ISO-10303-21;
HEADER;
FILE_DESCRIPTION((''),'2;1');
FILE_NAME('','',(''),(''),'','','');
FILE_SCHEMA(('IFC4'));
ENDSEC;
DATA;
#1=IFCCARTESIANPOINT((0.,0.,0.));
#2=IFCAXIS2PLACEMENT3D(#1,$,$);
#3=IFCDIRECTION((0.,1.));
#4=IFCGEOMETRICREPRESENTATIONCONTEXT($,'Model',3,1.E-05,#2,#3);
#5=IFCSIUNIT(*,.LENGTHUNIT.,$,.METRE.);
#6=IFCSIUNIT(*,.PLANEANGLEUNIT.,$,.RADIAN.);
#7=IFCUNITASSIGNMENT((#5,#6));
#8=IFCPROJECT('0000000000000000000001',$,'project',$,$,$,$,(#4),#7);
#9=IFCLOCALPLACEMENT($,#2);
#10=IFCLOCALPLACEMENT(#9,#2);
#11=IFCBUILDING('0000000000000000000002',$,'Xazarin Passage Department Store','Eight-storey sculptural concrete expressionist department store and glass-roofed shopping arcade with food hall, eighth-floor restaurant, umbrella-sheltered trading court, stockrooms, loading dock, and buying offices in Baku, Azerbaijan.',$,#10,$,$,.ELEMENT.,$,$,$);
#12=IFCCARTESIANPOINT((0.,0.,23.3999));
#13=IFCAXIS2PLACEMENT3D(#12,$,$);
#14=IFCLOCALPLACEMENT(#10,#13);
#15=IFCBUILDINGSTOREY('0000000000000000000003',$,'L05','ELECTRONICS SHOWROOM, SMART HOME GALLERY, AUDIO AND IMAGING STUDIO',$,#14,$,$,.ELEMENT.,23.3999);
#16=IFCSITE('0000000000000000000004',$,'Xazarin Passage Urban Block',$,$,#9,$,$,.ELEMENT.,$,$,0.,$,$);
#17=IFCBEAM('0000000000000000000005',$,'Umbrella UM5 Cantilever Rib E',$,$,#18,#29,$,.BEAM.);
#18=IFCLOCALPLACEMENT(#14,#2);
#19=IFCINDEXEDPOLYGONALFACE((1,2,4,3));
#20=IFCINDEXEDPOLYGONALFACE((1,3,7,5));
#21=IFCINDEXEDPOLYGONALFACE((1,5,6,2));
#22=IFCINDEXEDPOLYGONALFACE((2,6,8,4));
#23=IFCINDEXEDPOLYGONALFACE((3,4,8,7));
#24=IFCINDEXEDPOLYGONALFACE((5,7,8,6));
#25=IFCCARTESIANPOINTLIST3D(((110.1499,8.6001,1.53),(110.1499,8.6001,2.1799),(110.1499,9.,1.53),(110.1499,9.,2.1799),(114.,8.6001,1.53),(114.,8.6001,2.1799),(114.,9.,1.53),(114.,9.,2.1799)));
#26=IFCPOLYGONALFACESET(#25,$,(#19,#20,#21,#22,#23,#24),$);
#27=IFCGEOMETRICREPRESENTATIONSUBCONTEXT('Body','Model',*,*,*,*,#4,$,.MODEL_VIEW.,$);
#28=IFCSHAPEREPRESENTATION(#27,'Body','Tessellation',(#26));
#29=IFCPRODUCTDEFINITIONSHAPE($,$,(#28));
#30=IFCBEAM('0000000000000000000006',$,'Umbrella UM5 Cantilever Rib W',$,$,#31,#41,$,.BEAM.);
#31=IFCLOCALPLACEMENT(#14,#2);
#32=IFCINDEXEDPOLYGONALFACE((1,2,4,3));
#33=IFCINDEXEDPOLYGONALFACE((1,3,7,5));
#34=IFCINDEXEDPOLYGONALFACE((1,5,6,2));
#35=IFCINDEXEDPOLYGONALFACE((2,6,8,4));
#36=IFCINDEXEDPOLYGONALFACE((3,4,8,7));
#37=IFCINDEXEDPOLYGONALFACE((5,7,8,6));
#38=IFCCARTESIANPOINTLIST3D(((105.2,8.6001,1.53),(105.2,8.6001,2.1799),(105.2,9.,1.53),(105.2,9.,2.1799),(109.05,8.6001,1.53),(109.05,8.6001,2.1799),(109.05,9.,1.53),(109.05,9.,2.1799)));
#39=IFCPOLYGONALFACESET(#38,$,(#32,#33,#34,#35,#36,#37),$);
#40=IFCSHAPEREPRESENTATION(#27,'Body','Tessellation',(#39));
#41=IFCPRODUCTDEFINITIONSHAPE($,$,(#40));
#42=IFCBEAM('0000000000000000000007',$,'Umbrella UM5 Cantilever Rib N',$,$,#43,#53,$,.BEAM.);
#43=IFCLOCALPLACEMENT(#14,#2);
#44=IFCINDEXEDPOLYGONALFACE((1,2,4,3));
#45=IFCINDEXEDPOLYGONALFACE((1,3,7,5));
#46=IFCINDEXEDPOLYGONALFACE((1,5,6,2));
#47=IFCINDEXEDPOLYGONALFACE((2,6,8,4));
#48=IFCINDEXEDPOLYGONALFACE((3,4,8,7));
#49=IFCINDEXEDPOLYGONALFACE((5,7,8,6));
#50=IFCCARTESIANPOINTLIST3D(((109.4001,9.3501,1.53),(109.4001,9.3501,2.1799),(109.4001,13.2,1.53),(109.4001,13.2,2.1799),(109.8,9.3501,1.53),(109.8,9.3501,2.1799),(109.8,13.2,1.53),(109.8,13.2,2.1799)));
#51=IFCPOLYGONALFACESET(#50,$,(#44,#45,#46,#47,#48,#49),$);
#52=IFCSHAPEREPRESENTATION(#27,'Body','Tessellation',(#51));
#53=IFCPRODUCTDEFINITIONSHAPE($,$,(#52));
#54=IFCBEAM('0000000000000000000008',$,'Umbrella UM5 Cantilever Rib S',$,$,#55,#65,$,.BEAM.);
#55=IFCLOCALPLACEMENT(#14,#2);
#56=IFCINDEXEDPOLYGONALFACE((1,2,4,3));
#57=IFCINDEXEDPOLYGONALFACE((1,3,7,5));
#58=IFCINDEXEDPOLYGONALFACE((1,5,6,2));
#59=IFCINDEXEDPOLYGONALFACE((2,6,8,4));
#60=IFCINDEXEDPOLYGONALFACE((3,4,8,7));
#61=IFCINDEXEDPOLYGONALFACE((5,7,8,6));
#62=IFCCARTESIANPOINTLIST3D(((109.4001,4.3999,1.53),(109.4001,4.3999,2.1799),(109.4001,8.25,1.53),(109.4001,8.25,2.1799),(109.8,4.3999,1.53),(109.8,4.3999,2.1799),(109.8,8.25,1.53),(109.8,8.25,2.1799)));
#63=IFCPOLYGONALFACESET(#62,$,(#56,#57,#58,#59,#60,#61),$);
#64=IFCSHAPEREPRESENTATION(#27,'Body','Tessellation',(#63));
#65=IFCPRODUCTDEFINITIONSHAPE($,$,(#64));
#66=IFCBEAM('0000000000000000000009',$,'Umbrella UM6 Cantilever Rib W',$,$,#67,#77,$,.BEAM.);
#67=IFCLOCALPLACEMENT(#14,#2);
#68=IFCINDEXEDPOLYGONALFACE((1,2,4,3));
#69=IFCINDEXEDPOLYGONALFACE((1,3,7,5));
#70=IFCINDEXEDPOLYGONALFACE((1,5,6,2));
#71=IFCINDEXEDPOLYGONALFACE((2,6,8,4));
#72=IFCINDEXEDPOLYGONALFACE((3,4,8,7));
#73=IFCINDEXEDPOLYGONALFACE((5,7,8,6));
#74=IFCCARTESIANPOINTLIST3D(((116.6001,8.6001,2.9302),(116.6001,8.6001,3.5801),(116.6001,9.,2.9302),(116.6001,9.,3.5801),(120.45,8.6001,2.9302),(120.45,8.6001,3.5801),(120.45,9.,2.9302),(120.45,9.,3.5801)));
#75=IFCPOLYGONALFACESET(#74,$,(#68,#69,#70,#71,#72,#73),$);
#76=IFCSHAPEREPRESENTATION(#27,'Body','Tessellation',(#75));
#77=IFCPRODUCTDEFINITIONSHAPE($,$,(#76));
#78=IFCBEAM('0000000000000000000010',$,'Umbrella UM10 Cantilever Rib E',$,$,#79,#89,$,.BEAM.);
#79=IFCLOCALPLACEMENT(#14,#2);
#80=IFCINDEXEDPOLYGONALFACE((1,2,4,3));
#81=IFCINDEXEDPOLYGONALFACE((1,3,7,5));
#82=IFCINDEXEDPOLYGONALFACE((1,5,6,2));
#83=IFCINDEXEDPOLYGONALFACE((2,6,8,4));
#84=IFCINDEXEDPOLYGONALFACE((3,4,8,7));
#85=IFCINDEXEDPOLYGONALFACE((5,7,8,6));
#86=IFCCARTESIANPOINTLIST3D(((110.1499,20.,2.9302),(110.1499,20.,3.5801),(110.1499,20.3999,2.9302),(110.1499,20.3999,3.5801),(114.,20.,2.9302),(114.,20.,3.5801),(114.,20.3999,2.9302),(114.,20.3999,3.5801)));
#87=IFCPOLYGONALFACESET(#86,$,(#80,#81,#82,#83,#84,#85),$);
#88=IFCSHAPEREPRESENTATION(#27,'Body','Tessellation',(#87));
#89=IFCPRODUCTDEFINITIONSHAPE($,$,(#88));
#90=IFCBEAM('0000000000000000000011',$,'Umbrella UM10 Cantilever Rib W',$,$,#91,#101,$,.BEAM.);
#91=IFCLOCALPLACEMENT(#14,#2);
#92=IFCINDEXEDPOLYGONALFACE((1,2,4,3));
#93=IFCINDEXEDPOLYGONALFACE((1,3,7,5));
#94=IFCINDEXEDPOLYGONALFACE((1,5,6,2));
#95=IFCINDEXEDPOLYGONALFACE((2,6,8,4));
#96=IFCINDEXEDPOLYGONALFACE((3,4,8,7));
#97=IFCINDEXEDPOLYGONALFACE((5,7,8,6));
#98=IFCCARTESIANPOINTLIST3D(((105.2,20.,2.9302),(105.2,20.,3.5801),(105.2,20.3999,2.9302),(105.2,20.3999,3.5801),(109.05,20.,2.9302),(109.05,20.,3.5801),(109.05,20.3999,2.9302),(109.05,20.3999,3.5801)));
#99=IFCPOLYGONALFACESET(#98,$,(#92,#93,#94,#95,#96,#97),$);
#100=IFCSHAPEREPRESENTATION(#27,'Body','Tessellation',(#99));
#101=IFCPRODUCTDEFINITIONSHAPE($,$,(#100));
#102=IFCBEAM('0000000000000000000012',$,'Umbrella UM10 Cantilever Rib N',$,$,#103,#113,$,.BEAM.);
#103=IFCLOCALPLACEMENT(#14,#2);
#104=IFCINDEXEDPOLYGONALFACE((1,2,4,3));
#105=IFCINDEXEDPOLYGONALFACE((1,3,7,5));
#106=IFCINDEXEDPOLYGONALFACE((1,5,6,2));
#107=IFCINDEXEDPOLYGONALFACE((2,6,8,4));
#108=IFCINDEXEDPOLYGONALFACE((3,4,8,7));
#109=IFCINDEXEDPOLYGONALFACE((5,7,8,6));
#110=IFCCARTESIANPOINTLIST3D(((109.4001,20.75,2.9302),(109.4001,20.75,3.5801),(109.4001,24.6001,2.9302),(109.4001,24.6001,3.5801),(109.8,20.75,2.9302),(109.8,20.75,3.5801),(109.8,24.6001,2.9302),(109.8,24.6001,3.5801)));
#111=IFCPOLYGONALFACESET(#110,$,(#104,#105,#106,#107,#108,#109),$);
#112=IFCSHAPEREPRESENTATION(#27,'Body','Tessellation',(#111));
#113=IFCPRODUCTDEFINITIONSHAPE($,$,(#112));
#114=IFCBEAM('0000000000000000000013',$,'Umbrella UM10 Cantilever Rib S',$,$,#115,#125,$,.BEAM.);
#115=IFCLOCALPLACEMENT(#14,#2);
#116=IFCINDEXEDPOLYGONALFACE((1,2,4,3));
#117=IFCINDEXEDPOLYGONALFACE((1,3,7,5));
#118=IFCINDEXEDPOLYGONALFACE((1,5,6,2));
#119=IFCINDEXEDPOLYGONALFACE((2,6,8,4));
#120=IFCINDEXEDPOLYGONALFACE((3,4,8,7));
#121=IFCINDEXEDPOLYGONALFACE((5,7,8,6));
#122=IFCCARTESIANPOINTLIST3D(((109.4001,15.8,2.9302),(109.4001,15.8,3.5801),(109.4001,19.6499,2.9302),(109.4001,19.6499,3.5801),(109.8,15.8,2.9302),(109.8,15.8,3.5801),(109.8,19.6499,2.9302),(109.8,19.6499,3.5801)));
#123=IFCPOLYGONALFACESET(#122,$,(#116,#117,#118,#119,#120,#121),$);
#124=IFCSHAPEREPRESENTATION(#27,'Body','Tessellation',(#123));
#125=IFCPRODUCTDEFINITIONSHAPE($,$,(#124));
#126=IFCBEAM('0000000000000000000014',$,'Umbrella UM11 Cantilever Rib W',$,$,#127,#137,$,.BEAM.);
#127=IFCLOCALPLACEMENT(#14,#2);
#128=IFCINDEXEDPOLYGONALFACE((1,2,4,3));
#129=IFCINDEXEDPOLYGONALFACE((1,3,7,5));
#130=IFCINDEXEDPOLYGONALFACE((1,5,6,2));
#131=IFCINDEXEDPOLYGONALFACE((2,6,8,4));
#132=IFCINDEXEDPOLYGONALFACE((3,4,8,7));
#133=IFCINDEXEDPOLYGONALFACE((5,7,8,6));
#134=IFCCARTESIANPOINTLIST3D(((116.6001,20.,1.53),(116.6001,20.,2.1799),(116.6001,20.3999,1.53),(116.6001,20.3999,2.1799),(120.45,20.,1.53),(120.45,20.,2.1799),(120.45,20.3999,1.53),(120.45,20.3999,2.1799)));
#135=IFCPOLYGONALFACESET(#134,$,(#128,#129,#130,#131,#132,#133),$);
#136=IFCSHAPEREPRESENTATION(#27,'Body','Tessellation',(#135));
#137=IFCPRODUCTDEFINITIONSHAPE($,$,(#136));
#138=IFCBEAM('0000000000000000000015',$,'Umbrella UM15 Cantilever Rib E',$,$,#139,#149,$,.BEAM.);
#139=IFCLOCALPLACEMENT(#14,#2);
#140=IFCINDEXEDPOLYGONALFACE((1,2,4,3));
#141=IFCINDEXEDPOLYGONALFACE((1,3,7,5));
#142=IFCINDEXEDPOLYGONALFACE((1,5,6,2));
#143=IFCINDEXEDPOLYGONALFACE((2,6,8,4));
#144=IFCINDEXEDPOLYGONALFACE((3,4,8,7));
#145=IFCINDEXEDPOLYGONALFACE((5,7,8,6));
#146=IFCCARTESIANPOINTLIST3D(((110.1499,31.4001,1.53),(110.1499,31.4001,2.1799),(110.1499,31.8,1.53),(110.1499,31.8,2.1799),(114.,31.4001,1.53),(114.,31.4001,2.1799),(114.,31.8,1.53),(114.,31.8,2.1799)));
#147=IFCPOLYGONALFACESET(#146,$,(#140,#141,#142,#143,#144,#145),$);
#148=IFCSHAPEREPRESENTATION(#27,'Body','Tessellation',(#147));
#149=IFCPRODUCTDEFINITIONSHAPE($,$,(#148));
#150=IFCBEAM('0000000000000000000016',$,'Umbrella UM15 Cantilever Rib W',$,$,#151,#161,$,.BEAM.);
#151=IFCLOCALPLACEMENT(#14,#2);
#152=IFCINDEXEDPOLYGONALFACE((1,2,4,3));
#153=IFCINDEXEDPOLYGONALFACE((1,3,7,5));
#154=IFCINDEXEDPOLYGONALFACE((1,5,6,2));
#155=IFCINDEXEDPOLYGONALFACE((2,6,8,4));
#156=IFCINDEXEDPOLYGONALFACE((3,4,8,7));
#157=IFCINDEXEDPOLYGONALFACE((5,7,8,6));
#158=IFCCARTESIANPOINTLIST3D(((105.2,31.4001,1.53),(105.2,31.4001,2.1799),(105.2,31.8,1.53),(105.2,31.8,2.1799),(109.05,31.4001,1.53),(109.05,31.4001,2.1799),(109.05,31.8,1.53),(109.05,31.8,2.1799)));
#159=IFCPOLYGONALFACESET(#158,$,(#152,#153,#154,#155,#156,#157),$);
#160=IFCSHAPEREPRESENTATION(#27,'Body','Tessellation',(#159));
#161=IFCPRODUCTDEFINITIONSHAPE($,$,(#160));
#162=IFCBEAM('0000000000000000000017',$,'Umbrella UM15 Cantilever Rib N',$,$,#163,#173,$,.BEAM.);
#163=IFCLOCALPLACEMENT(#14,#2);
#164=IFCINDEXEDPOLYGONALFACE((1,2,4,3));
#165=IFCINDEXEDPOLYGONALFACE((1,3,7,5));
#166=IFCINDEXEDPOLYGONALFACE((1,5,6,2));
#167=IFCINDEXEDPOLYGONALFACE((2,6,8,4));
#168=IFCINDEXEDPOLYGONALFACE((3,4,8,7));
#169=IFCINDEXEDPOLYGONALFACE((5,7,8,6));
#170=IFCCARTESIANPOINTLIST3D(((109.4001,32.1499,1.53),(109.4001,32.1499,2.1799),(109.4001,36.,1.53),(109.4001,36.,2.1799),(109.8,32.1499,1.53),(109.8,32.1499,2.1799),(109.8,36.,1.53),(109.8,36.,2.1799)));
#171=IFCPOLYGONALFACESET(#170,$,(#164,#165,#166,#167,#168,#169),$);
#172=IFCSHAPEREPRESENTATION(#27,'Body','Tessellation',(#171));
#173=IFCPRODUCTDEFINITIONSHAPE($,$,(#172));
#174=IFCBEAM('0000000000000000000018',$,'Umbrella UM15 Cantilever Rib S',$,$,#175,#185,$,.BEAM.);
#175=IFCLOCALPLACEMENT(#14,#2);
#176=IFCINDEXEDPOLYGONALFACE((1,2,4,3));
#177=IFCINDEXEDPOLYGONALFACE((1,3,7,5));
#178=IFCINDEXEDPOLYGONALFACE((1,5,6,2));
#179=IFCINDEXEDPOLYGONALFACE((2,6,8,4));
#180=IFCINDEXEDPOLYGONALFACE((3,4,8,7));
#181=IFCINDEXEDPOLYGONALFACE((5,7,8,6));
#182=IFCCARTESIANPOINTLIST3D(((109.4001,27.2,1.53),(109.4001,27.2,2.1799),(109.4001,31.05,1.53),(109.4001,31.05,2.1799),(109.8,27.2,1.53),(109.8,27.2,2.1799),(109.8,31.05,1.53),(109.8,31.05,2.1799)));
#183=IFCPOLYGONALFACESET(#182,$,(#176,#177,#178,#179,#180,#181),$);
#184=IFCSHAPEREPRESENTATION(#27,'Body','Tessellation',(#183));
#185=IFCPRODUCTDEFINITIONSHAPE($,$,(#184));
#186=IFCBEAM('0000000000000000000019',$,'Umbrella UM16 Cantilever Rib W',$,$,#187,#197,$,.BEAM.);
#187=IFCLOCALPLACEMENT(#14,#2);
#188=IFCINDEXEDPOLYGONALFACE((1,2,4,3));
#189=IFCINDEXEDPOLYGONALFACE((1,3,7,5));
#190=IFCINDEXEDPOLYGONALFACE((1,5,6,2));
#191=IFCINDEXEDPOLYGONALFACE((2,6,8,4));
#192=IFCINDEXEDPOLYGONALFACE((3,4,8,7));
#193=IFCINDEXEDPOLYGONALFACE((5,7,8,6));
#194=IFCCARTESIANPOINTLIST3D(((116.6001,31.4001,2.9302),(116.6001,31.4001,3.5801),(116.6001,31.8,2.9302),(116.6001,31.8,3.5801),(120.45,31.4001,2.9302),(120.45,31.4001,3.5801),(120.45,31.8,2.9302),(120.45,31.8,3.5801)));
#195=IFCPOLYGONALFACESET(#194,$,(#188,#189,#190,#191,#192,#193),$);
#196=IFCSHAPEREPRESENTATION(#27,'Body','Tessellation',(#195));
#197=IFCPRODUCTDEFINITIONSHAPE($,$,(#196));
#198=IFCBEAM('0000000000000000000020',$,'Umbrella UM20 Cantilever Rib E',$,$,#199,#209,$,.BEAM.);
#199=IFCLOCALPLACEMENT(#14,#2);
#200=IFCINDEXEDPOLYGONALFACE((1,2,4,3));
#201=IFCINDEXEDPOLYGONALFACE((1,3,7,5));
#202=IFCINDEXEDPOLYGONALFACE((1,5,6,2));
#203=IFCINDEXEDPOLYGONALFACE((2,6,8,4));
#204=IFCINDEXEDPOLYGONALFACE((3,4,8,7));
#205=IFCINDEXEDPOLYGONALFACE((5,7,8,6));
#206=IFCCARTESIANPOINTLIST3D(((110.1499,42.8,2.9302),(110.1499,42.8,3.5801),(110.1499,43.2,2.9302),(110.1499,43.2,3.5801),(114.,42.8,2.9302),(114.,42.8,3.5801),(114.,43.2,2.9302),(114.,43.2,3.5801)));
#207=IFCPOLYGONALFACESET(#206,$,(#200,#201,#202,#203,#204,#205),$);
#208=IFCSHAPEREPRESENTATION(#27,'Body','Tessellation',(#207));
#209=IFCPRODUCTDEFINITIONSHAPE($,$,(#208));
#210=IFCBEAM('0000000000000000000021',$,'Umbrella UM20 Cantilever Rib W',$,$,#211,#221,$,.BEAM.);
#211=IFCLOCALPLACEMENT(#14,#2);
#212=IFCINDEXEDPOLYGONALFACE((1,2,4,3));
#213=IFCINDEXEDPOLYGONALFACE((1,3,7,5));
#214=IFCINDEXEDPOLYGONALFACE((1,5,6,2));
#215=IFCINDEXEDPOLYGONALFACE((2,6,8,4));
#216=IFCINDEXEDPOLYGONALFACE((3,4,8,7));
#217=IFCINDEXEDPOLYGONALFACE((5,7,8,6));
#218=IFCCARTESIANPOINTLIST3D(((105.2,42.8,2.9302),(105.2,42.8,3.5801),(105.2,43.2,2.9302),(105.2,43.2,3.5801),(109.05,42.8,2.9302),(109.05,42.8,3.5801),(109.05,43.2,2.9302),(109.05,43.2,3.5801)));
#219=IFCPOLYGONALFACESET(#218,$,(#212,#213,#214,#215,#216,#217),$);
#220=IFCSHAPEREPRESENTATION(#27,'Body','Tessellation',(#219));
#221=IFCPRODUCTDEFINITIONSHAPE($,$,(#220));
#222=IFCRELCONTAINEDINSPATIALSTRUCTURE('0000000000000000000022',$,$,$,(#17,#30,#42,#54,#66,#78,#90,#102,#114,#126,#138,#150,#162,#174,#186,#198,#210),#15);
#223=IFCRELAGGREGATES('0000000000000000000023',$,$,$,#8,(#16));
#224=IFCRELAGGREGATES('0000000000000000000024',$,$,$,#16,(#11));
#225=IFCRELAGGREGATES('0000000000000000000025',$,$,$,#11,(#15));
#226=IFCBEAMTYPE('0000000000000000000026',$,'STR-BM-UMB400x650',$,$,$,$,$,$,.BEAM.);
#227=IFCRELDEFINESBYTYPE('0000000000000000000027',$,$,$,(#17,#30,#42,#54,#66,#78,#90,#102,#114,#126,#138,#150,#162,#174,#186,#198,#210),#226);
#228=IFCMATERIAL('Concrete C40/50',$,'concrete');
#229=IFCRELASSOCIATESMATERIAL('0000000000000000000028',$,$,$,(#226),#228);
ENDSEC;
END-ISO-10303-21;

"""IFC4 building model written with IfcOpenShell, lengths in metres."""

from ifc_helpers import new_model, si_unit, direction, frame, origin, origin_2d, place, context, subcontext, project, spatial, rectangle, extrude, material, material_profile, profile_set, type_object, element, save


model = new_model("IFC4")

# Units and contexts
model_context = context("Model", 3, precision=1e-05, world=origin(), true_north=direction((0.0, 1.0)))
body_context = subcontext(model_context, "Body", "Model", "MODEL_VIEW")
ifc_project = project(units=[si_unit("LENGTHUNIT", "METRE"), si_unit("PLANEANGLEUNIT", "RADIAN")], contexts=[model_context])

# Site, building, storey
site_placement = place(None, origin())
site = spatial("IfcSite", under=ifc_project, at=site_placement, Name="Xazarin Passage Urban Block", CompositionType="ELEMENT", RefElevation=0.0)
building_placement = place(site_placement, origin())
building = spatial("IfcBuilding", under=site, at=building_placement, Name="Xazarin Passage Department Store", Description="Eight-storey sculptural concrete expressionist department store and glass-roofed shopping arcade with food hall, eighth-floor restaurant, umbrella-sheltered trading court, stockrooms, loading dock, and buying offices in Baku, Azerbaijan.", CompositionType="ELEMENT")
storey_placement = place(building_placement, frame((0.0, 0.0, 23.3999)))
storey = spatial("IfcBuildingStorey", under=building, at=storey_placement, Name="L05", Description="ELECTRONICS SHOWROOM, SMART HOME GALLERY, AUDIO AND IMAGING STUDIO", CompositionType="ELEMENT", Elevation=23.3999)

# Beams
ifc_material_1 = material(Name="Concrete C40/50", Category="concrete")
ifc_material_profile = material_profile(ifc_material_1, rectangle(XDim=0.3999, YDim=0.6499, at=origin_2d()), Name="RC 400x650")
ifc_profile_set = profile_set([ifc_material_profile], Name="Concrete C40/50")
beam_type = type_object("IfcBeamType", Name="STR-BM-UMB400x650", PredefinedType="BEAM", material=ifc_profile_set)
for number, where, z_axis, x_axis, name in (
    (1, (110.1499, 8.8, 1.855), (1.0, 0.0, 0.0), (0.0, 1.0, 0.0), "Umbrella UM5 Cantilever Rib E"),
    (2, (109.05, 8.8, 1.855), (-1.0, 0.0, 0.0), (0.0, -1.0, 0.0), "Umbrella UM5 Cantilever Rib W"),
):
    element("IfcBeam", number, at=place(storey_placement, frame(where, z_axis=z_axis, x_axis=x_axis)), inside=storey, type_object=beam_type, Name=name, PredefinedType="BEAM", context=body_context, shape_type="SweptSolid", body=[
        extrude(rectangle(XDim=0.3999, YDim=0.6499, at=origin_2d()), origin(), (0.0, 0.0, 1.0), 3.8501),
    ])
beam_1_placement = place(storey_placement, frame((109.6001, 9.3501, 1.855), z_axis=(0.0, 1.0, 0.0), x_axis=(-1.0, 0.0, 0.0)))
element("IfcBeam", 3, at=beam_1_placement, inside=storey, type_object=beam_type, Name="Umbrella UM5 Cantilever Rib N", PredefinedType="BEAM", context=body_context, shape_type="SweptSolid", body=[
    extrude(rectangle(XDim=0.3999, YDim=0.6499, at=origin_2d()), origin(), (0.0, 0.0, 1.0), 3.8499),
])
beam_2_placement = place(storey_placement, frame((109.6001, 8.25, 1.855), z_axis=(0.0, -1.0, 0.0), x_axis=(1.0, 0.0, 0.0)))
element("IfcBeam", 4, at=beam_2_placement, inside=storey, type_object=beam_type, Name="Umbrella UM5 Cantilever Rib S", PredefinedType="BEAM", context=body_context, shape_type="SweptSolid", body=[
    extrude(rectangle(XDim=0.3999, YDim=0.6499, at=origin_2d()), origin(), (0.0, 0.0, 1.0), 3.8501),
])
beam_3_placement = place(storey_placement, frame((120.45, 8.8, 3.2551), z_axis=(-1.0, 0.0, 0.0), x_axis=(0.0, -1.0, 0.0)))
element("IfcBeam", 5, at=beam_3_placement, inside=storey, type_object=beam_type, Name="Umbrella UM6 Cantilever Rib W", PredefinedType="BEAM", context=body_context, shape_type="SweptSolid", body=[
    extrude(rectangle(XDim=0.3999, YDim=0.6499, at=origin_2d()), origin(), (0.0, 0.0, 1.0), 3.8499),
])
for number, where, z_axis, x_axis, name in (
    (6, (110.1499, 20.2, 3.2551), (1.0, 0.0, 0.0), (0.0, 1.0, 0.0), "Umbrella UM10 Cantilever Rib E"),
    (7, (109.05, 20.2, 3.2551), (-1.0, 0.0, 0.0), (0.0, -1.0, 0.0), "Umbrella UM10 Cantilever Rib W"),
    (8, (109.6001, 20.75, 3.2551), (0.0, 1.0, 0.0), (-1.0, 0.0, 0.0), "Umbrella UM10 Cantilever Rib N"),
):
    element("IfcBeam", number, at=place(storey_placement, frame(where, z_axis=z_axis, x_axis=x_axis)), inside=storey, type_object=beam_type, Name=name, PredefinedType="BEAM", context=body_context, shape_type="SweptSolid", body=[
        extrude(rectangle(XDim=0.3999, YDim=0.6499, at=origin_2d()), origin(), (0.0, 0.0, 1.0), 3.8501),
    ])
for number, where, z_axis, x_axis, name in (
    (9, (109.6001, 19.6499, 3.2551), (0.0, -1.0, 0.0), (1.0, 0.0, 0.0), "Umbrella UM10 Cantilever Rib S"),
    (10, (120.45, 20.2, 1.855), (-1.0, 0.0, 0.0), (0.0, -1.0, 0.0), "Umbrella UM11 Cantilever Rib W"),
):
    element("IfcBeam", number, at=place(storey_placement, frame(where, z_axis=z_axis, x_axis=x_axis)), inside=storey, type_object=beam_type, Name=name, PredefinedType="BEAM", context=body_context, shape_type="SweptSolid", body=[
        extrude(rectangle(XDim=0.3999, YDim=0.6499, at=origin_2d()), origin(), (0.0, 0.0, 1.0), 3.8499),
    ])
for number, where, z_axis, x_axis, name in (
    (11, (110.1499, 31.6001, 1.855), (1.0, 0.0, 0.0), (0.0, 1.0, 0.0), "Umbrella UM15 Cantilever Rib E"),
    (12, (109.05, 31.6001, 1.855), (-1.0, 0.0, 0.0), (0.0, -1.0, 0.0), "Umbrella UM15 Cantilever Rib W"),
    (13, (109.6001, 32.1499, 1.855), (0.0, 1.0, 0.0), (-1.0, 0.0, 0.0), "Umbrella UM15 Cantilever Rib N"),
    (14, (109.6001, 31.05, 1.855), (0.0, -1.0, 0.0), (1.0, 0.0, 0.0), "Umbrella UM15 Cantilever Rib S"),
):
    element("IfcBeam", number, at=place(storey_placement, frame(where, z_axis=z_axis, x_axis=x_axis)), inside=storey, type_object=beam_type, Name=name, PredefinedType="BEAM", context=body_context, shape_type="SweptSolid", body=[
        extrude(rectangle(XDim=0.3999, YDim=0.6499, at=origin_2d()), origin(), (0.0, 0.0, 1.0), 3.8501),
    ])
beam_4_placement = place(storey_placement, frame((120.45, 31.6001, 3.2551), z_axis=(-1.0, 0.0, 0.0), x_axis=(0.0, -1.0, 0.0)))
element("IfcBeam", 15, at=beam_4_placement, inside=storey, type_object=beam_type, Name="Umbrella UM16 Cantilever Rib W", PredefinedType="BEAM", context=body_context, shape_type="SweptSolid", body=[
    extrude(rectangle(XDim=0.3999, YDim=0.6499, at=origin_2d()), origin(), (0.0, 0.0, 1.0), 3.8499),
])
for number, where, z_axis, x_axis, name in (
    (16, (110.1499, 43.0, 3.2551), (1.0, 0.0, 0.0), (0.0, 1.0, 0.0), "Umbrella UM20 Cantilever Rib E"),
    (17, (109.05, 43.0, 3.2551), (-1.0, 0.0, 0.0), (0.0, -1.0, 0.0), "Umbrella UM20 Cantilever Rib W"),
):
    element("IfcBeam", number, at=place(storey_placement, frame(where, z_axis=z_axis, x_axis=x_axis)), inside=storey, type_object=beam_type, Name=name, PredefinedType="BEAM", context=body_context, shape_type="SweptSolid", body=[
        extrude(rectangle(XDim=0.3999, YDim=0.6499, at=origin_2d()), origin(), (0.0, 0.0, 1.0), 3.8501),
    ])

save(model, "model.ifc")
